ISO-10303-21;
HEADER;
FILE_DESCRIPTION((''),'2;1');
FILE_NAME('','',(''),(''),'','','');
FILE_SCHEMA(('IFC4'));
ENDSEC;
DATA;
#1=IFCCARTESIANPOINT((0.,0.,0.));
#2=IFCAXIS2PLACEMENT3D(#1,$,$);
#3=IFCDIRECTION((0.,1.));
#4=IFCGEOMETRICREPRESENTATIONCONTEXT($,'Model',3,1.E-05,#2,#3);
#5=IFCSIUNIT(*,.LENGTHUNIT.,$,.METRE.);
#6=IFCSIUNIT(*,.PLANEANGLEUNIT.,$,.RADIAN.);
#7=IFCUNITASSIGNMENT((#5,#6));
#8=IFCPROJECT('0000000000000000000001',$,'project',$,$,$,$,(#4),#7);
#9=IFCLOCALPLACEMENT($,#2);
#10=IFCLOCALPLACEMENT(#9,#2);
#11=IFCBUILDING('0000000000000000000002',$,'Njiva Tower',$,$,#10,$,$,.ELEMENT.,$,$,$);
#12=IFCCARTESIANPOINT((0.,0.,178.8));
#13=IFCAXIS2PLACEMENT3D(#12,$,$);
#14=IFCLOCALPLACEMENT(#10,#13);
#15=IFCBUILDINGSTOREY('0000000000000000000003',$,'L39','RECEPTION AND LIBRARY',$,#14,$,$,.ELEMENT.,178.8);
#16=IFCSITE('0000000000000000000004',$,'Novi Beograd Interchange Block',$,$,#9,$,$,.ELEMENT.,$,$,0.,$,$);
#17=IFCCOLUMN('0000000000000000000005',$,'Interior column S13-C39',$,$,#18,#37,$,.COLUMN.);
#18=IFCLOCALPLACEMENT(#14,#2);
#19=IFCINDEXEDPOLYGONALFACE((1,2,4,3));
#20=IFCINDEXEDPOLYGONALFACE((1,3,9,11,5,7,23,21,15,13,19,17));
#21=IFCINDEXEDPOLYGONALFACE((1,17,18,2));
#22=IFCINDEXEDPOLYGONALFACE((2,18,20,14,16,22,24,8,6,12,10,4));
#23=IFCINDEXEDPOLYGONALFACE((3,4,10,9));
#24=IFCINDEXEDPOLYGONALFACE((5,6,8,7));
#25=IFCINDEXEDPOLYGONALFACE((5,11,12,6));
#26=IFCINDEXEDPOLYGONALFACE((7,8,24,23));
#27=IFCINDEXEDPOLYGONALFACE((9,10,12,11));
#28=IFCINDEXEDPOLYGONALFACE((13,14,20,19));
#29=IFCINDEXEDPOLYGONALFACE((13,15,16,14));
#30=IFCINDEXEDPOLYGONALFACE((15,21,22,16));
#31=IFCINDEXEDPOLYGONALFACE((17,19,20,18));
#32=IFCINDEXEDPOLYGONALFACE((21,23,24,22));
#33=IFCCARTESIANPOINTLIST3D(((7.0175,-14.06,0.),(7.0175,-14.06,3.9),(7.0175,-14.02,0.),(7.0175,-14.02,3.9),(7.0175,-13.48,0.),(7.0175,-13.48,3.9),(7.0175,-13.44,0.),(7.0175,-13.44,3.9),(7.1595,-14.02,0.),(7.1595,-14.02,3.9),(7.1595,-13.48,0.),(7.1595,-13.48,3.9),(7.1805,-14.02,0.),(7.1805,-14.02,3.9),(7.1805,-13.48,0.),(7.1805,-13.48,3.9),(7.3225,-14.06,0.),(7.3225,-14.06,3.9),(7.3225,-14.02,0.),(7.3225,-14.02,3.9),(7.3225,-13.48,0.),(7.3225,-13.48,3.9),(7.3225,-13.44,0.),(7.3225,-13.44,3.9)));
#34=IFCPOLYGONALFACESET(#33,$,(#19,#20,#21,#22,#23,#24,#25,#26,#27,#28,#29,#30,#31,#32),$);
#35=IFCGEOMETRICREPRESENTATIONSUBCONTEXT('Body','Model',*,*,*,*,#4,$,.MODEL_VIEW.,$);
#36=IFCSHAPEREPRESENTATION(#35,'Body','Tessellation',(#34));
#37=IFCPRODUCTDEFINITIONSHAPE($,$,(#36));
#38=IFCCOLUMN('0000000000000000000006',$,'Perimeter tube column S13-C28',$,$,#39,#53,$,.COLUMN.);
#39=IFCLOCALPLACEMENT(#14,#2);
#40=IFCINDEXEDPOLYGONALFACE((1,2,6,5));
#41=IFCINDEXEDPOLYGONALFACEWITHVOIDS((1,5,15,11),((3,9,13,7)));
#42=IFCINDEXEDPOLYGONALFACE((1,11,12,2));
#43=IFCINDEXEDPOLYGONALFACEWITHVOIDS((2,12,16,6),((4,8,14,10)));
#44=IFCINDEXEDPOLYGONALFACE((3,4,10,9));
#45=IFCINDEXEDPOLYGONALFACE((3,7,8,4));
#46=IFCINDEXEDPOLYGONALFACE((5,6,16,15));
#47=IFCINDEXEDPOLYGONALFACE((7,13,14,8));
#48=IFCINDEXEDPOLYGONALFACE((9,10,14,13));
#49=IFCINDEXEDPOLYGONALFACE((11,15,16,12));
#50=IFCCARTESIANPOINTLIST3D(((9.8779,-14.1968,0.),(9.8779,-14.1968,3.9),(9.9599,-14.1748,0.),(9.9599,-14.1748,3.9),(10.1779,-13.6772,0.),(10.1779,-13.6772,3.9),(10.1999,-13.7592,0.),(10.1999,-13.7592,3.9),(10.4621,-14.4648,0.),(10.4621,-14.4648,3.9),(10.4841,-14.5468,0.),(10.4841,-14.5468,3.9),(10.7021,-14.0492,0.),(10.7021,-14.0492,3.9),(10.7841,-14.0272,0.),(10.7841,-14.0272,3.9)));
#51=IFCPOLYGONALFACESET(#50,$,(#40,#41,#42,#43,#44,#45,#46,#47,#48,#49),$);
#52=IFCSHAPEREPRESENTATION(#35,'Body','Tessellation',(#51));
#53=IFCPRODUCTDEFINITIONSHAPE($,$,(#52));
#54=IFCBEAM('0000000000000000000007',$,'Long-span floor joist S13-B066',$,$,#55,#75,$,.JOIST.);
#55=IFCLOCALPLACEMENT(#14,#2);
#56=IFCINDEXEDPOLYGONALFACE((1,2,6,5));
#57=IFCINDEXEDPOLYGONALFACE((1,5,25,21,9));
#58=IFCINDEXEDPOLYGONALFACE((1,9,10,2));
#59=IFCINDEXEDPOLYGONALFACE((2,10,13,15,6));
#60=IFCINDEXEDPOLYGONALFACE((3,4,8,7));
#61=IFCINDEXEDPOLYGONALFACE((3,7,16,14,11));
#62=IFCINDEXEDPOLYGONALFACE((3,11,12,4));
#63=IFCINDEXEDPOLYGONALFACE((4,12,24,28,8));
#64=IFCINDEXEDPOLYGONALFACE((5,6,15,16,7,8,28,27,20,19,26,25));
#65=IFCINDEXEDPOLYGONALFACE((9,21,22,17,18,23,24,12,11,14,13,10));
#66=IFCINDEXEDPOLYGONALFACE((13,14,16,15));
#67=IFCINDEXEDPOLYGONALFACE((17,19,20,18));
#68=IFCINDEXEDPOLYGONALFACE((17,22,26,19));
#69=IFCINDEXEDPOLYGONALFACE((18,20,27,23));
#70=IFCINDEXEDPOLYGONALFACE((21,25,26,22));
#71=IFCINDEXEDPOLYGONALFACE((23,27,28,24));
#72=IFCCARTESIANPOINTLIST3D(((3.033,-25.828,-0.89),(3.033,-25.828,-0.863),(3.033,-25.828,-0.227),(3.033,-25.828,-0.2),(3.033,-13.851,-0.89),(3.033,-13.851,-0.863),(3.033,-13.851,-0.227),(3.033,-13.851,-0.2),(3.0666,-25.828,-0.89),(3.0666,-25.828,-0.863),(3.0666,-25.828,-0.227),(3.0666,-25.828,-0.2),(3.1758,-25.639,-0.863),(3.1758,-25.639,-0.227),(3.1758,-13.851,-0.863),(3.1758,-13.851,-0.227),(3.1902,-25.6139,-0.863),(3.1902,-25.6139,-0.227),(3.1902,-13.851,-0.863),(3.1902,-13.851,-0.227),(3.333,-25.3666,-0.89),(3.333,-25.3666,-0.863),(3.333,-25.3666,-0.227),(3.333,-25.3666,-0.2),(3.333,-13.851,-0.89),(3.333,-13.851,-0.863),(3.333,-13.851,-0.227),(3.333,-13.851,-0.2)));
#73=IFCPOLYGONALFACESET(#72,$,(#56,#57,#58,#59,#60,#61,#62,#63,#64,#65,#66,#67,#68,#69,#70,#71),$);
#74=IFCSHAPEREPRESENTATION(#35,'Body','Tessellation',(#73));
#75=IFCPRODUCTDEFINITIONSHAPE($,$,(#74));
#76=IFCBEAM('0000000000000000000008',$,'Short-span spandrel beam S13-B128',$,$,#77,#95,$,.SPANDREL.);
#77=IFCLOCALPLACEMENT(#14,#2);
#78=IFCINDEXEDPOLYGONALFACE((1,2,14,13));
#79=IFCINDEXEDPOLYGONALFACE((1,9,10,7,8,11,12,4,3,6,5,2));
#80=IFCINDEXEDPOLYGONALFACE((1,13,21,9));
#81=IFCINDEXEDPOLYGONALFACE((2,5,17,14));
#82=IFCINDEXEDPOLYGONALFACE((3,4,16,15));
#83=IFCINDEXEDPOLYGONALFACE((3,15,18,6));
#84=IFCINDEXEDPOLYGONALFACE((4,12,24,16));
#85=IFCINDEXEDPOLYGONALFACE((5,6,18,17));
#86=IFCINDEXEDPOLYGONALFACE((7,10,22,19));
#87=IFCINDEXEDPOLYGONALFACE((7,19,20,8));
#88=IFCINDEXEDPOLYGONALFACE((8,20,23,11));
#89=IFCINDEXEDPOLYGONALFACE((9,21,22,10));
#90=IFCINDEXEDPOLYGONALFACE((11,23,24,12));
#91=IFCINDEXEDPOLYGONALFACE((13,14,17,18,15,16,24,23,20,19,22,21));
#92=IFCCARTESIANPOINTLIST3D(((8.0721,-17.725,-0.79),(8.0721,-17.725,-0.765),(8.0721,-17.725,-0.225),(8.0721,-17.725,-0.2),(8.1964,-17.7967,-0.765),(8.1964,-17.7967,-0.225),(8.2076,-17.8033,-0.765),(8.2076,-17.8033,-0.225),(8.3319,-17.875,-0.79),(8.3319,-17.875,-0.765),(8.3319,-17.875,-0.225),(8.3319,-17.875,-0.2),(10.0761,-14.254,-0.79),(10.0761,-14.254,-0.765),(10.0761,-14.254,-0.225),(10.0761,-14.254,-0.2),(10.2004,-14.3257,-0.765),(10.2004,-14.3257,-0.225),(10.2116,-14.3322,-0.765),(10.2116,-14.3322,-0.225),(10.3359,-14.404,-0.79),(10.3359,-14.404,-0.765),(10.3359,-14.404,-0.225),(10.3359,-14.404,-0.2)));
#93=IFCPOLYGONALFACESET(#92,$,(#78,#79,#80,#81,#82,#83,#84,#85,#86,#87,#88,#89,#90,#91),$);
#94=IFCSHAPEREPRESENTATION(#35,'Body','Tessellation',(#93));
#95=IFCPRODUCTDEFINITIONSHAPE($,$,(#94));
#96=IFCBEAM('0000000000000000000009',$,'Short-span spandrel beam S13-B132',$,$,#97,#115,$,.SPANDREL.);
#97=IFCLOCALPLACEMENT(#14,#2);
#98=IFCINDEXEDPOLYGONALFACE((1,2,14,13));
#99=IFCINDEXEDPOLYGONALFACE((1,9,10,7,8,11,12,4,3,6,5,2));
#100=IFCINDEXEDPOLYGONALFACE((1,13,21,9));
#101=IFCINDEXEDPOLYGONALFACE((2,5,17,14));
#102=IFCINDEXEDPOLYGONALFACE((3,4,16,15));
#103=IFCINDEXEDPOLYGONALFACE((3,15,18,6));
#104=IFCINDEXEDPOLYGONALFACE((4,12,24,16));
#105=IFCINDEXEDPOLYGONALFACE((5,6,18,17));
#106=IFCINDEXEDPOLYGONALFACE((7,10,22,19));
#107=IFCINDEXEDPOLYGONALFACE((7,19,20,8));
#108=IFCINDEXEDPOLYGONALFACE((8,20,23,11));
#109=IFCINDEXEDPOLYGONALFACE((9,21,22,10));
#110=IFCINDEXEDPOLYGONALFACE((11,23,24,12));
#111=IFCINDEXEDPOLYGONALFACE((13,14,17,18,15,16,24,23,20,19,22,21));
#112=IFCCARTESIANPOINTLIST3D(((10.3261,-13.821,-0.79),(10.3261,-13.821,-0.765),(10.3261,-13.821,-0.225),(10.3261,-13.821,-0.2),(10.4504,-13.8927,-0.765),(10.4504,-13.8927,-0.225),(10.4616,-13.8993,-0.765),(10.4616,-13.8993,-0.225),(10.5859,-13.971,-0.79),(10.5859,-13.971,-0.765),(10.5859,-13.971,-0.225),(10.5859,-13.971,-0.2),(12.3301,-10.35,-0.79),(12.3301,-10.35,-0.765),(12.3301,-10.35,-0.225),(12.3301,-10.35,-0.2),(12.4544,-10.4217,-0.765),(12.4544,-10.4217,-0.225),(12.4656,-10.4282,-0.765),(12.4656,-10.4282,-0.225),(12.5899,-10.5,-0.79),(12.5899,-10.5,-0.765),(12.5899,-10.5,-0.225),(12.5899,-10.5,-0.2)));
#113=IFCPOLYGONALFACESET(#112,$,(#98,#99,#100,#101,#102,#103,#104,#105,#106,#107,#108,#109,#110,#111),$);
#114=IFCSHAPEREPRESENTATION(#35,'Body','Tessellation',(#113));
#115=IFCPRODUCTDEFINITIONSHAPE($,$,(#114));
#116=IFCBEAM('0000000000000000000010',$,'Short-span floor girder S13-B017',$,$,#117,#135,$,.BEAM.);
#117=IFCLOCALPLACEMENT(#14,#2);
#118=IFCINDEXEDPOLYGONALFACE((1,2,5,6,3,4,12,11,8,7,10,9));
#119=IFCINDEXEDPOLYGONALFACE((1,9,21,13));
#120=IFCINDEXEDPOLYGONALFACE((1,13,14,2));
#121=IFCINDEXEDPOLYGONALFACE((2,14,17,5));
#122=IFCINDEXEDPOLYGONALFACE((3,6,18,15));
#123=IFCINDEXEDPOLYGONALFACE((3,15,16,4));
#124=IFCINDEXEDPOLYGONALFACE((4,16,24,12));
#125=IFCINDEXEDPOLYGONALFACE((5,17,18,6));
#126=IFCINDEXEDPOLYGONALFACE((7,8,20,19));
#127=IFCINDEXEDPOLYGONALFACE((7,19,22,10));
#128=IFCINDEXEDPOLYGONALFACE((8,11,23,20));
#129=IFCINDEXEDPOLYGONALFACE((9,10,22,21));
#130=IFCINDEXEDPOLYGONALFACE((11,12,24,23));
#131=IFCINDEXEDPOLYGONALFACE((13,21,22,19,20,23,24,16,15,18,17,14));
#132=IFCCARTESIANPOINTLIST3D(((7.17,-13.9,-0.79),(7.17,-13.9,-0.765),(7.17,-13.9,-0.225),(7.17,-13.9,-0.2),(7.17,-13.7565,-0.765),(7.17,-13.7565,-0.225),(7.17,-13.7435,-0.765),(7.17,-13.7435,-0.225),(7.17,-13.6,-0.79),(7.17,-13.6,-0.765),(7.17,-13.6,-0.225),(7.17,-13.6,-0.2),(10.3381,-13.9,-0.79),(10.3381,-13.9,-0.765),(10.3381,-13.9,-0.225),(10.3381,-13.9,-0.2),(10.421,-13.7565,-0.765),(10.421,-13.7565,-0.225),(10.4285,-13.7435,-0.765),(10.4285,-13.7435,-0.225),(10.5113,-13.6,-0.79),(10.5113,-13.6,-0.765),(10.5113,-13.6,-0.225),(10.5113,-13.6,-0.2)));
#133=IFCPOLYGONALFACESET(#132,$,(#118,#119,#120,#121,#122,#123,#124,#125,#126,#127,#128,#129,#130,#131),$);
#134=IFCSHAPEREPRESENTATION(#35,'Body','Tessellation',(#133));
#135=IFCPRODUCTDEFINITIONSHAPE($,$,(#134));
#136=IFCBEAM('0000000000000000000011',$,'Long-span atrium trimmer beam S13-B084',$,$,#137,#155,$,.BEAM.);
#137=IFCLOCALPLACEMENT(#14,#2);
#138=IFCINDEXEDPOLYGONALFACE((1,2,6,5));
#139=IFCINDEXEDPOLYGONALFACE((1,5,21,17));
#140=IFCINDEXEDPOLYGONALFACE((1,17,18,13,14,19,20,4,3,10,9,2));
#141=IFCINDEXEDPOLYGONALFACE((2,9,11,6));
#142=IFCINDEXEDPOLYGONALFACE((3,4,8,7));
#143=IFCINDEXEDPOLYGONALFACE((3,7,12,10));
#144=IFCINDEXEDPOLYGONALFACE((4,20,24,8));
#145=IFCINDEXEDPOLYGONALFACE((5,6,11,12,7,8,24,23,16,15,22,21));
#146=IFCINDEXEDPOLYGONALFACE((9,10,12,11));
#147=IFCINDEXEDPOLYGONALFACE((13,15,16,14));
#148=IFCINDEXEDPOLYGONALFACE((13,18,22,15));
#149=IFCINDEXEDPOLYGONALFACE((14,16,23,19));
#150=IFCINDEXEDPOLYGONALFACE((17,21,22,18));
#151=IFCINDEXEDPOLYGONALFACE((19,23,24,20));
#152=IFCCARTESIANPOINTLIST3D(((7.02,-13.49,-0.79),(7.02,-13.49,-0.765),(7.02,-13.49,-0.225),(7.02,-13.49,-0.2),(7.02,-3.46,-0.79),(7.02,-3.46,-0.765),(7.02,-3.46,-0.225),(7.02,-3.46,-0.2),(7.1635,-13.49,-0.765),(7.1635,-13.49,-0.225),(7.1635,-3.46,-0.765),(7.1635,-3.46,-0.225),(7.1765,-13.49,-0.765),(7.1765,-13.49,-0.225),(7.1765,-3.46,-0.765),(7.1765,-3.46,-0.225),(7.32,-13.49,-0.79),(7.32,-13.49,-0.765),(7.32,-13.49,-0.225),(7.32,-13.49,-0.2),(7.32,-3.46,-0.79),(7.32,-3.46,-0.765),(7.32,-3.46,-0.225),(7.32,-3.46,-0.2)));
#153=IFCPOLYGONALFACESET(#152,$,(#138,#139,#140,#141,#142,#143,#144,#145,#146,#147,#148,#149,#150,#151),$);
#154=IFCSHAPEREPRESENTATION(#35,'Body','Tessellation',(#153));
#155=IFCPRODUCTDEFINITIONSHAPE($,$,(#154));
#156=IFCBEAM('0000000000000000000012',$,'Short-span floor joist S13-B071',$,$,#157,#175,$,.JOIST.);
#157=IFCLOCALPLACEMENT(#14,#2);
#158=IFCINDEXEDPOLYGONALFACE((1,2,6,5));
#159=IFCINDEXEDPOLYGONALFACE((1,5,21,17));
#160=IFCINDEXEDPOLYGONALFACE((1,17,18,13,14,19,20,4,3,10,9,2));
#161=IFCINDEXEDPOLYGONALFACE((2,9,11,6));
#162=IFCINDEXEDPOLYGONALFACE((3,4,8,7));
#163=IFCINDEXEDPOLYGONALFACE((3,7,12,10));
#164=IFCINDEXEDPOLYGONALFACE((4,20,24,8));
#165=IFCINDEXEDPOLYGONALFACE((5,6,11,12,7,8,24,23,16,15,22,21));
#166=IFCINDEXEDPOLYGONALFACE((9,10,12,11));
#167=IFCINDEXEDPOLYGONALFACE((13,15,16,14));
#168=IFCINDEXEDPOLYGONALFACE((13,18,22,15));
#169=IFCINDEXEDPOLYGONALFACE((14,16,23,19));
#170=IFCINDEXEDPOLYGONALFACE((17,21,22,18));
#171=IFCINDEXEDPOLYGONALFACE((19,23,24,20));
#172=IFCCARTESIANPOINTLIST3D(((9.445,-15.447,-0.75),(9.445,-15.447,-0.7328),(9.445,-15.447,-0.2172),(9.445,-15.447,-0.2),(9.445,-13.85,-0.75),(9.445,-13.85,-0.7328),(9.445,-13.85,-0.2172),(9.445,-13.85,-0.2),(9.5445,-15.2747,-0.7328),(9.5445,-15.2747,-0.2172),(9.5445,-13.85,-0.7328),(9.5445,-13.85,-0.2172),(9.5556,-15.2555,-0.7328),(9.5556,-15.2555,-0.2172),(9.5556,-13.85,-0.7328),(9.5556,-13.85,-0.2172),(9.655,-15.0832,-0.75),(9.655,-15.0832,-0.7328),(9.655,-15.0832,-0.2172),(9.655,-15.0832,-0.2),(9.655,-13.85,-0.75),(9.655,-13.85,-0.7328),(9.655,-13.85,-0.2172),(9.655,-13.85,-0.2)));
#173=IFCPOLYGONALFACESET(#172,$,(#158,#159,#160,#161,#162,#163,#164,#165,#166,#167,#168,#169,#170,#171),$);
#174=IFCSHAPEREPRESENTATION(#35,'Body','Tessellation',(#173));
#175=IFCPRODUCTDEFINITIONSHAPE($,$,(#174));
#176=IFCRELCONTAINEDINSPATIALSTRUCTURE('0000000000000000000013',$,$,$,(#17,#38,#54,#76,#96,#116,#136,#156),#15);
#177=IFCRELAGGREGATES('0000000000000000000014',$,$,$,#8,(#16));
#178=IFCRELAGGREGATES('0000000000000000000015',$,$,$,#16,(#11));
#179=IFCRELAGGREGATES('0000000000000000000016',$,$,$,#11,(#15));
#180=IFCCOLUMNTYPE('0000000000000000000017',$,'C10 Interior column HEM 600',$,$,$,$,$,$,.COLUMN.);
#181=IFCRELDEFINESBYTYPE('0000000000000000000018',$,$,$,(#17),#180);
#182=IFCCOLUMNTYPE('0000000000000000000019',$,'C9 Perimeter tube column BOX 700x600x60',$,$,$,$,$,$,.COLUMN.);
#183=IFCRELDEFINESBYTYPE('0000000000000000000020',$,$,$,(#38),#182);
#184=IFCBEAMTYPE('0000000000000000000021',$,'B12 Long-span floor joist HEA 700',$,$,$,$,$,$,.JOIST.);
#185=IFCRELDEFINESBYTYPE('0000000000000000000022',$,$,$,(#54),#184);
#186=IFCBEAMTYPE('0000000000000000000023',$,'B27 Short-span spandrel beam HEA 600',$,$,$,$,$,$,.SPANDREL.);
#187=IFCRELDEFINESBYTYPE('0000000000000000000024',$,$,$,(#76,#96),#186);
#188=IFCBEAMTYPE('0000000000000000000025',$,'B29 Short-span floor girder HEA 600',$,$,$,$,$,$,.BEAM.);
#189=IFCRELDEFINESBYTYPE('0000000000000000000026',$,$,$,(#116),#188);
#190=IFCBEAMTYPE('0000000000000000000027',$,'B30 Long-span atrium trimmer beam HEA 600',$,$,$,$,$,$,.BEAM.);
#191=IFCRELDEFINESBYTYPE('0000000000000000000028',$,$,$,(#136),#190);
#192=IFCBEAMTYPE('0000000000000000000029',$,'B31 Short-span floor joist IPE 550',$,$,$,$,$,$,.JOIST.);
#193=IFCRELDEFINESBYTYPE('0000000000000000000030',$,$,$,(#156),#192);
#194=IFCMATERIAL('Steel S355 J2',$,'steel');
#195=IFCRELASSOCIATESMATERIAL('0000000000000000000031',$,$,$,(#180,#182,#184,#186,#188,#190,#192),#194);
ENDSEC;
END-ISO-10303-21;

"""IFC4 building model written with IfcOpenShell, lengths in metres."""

from ifc_helpers import new_model, si_unit, direction, frame, origin, origin_2d, place, context, subcontext, project, spatial, hollow_rectangle, i_section, extrude, clip, halfspace, material, material_profile, profile_set, type_object, element, save


model = new_model("IFC4")

# Units and contexts
model_context = context("Model", 3, precision=1e-05, world=origin(), true_north=direction((0.0, 1.0)))
body_context = subcontext(model_context, "Body", "Model", "MODEL_VIEW")
ifc_project = project(units=[si_unit("LENGTHUNIT", "METRE"), si_unit("PLANEANGLEUNIT", "RADIAN")], contexts=[model_context])

# Site, building, storey
site_placement = place(None, origin())
site = spatial("IfcSite", under=ifc_project, at=site_placement, Name="Novi Beograd Interchange Block", CompositionType="ELEMENT", RefElevation=0.0)
building_placement = place(site_placement, origin())
building = spatial("IfcBuilding", under=site, at=building_placement, Name="Njiva Tower", CompositionType="ELEMENT")
storey_placement = place(building_placement, frame((0.0, 0.0, 178.8)))
storey = spatial("IfcBuildingStorey", under=building, at=storey_placement, Name="L39", Description="RECEPTION AND LIBRARY", CompositionType="ELEMENT", Elevation=178.8)

# Columns
ifc_material_1 = material(Name="Steel S355 J2", Category="steel")
ifc_material_profile_1 = material_profile(ifc_material_1, i_section(OverallWidth=0.305, OverallDepth=0.62, WebThickness=0.021, FlangeThickness=0.04, at=origin_2d()), Name="HEM 600")
ifc_profile_set_1 = profile_set([ifc_material_profile_1], Name="Steel S355 J2")
column_type_1 = type_object("IfcColumnType", Name="C10 Interior column HEM 600", PredefinedType="COLUMN", material=ifc_profile_set_1)
column_1_placement = place(storey_placement, frame((7.17, -13.75, 0.0), z_axis=(0.0, 0.0, 1.0), x_axis=(1.0, 0.0, 0.0)))
element("IfcColumn", 1, at=column_1_placement, inside=storey, type_object=column_type_1, Name="Interior column S13-C39", PredefinedType="COLUMN", context=body_context, shape_type="SweptSolid", body=[
    extrude(i_section(OverallWidth=0.305, OverallDepth=0.62, WebThickness=0.021, FlangeThickness=0.04, at=origin_2d()), origin(), (0.0, 0.0, 1.0), 3.9),
])
ifc_material_profile_2 = material_profile(ifc_material_1, hollow_rectangle(XDim=0.6, YDim=0.7, WallThickness=0.06, at=origin_2d()), Name="BOX 700x600x60")
ifc_profile_set_2 = profile_set([ifc_material_profile_2], Name="Steel S355 J2")
column_type_2 = type_object("IfcColumnType", Name="C9 Perimeter tube column BOX 700x600x60", PredefinedType="COLUMN", material=ifc_profile_set_2)
column_2_placement = place(storey_placement, frame((10.331, -14.112, 0.0), z_axis=(0.0, 0.0, 1.0), x_axis=(0.5, 0.866025, 0.0)))
element("IfcColumn", 2, at=column_2_placement, inside=storey, type_object=column_type_2, Name="Perimeter tube column S13-C28", PredefinedType="COLUMN", context=body_context, shape_type="SweptSolid", body=[
    extrude(hollow_rectangle(XDim=0.6, YDim=0.7, WallThickness=0.06, at=origin_2d()), origin(), (0.0, 0.0, 1.0), 3.9),
])

# Beams
ifc_material_profile_3 = material_profile(ifc_material_1, i_section(OverallWidth=0.3, OverallDepth=0.69, WebThickness=0.0145, FlangeThickness=0.027, at=origin_2d()), Name="HEA 700")
ifc_profile_set_3 = profile_set([ifc_material_profile_3], Name="Steel S355 J2")
beam_type_1 = type_object("IfcBeamType", Name="B12 Long-span floor joist HEA 700", PredefinedType="JOIST", material=ifc_profile_set_3)
beam_1_placement = place(storey_placement, frame((3.183, -13.851, -0.545), z_axis=(0.0, -1.0, 0.0), x_axis=(1.0, 0.0, 0.0)))
element("IfcBeam", 3, at=beam_1_placement, inside=storey, type_object=beam_type_1, Name="Long-span floor joist S13-B066", PredefinedType="JOIST", context=body_context, shape_type="Clipping", body=[
    clip(extrude(i_section(OverallWidth=0.3, OverallDepth=0.69, WebThickness=0.0145, FlangeThickness=0.027, at=origin_2d()), origin(), (0.0, 0.0, 1.0), 11.977), halfspace(frame((0.0436, 0.0, 11.6999), z_axis=(0.866027, 0.0, 0.499998), x_axis=(0.0, 1.0, 0.0)), False)),
])
ifc_material_profile_4 = material_profile(ifc_material_1, i_section(OverallWidth=0.3, OverallDepth=0.59, WebThickness=0.013, FlangeThickness=0.025, at=origin_2d()), Name="HEA 600")
ifc_profile_set_4 = profile_set([ifc_material_profile_4], Name="Steel S355 J2")
beam_type_2 = type_object("IfcBeamType", Name="B27 Short-span spandrel beam HEA 600", PredefinedType="SPANDREL", material=ifc_profile_set_4)
for number, where, z_axis, x_axis, name in (
    (4, (8.202, -17.8, -0.495), (0.500003, 0.866024, 0.0), (-0.866024, 0.500003, 0.0), "Short-span spandrel beam S13-B128"),
    (5, (10.456, -13.896, -0.495), (0.500003, 0.866024, 0.0), (-0.866024, 0.500003, 0.0), "Short-span spandrel beam S13-B132"),
):
    element("IfcBeam", number, at=place(storey_placement, frame(where, z_axis=z_axis, x_axis=x_axis)), inside=storey, type_object=beam_type_2, Name=name, PredefinedType="SPANDREL", context=body_context, shape_type="SweptSolid", body=[
        extrude(i_section(OverallWidth=0.3, OverallDepth=0.59, WebThickness=0.013, FlangeThickness=0.025, at=origin_2d()), origin(), (0.0, 0.0, 1.0), 4.008),
    ])
ifc_material_profile_5 = material_profile(ifc_material_1, i_section(OverallWidth=0.3, OverallDepth=0.59, WebThickness=0.013, FlangeThickness=0.025, at=origin_2d()), Name="HEA 600")
ifc_profile_set_5 = profile_set([ifc_material_profile_5], Name="Steel S355 J2")
beam_type_3 = type_object("IfcBeamType", Name="B29 Short-span floor girder HEA 600", PredefinedType="BEAM", material=ifc_profile_set_5)
beam_2_placement = place(storey_placement, frame((7.17, -13.75, -0.495), z_axis=(1.0, 0.0, 0.0), x_axis=(0.0, 1.0, 0.0)))
element("IfcBeam", 6, at=beam_2_placement, inside=storey, type_object=beam_type_3, Name="Short-span floor girder S13-B017", PredefinedType="BEAM", context=body_context, shape_type="Clipping", body=[
    clip(extrude(i_section(OverallWidth=0.3, OverallDepth=0.59, WebThickness=0.013, FlangeThickness=0.025, at=origin_2d()), origin(), (0.0, 0.0, 1.0), 3.362), halfspace(frame((-0.025, 0.0, 3.2403), z_axis=(-0.499998, 0.0, 0.866027), x_axis=(0.0, 1.0, 0.0)), False)),
])
ifc_material_profile_6 = material_profile(ifc_material_1, i_section(OverallWidth=0.3, OverallDepth=0.59, WebThickness=0.013, FlangeThickness=0.025, at=origin_2d()), Name="HEA 600")
ifc_profile_set_6 = profile_set([ifc_material_profile_6], Name="Steel S355 J2")
beam_type_4 = type_object("IfcBeamType", Name="B30 Long-span atrium trimmer beam HEA 600", PredefinedType="BEAM", material=ifc_profile_set_6)
beam_3_placement = place(storey_placement, frame((7.17, -13.49, -0.495), z_axis=(0.0, 1.0, 0.0), x_axis=(-1.0, 0.0, 0.0)))
element("IfcBeam", 7, at=beam_3_placement, inside=storey, type_object=beam_type_4, Name="Long-span atrium trimmer beam S13-B084", PredefinedType="BEAM", context=body_context, shape_type="SweptSolid", body=[
    extrude(i_section(OverallWidth=0.3, OverallDepth=0.59, WebThickness=0.013, FlangeThickness=0.025, at=origin_2d()), origin(), (0.0, 0.0, 1.0), 10.03),
])
ifc_material_profile_7 = material_profile(ifc_material_1, i_section(OverallWidth=0.21, OverallDepth=0.55, WebThickness=0.0111, FlangeThickness=0.0172, at=origin_2d()), Name="IPE 550")
ifc_profile_set_7 = profile_set([ifc_material_profile_7], Name="Steel S355 J2")
beam_type_5 = type_object("IfcBeamType", Name="B31 Short-span floor joist IPE 550", PredefinedType="JOIST", material=ifc_profile_set_7)
beam_4_placement = place(storey_placement, frame((9.55, -13.85, -0.475), z_axis=(0.0, -1.0, 0.0), x_axis=(1.0, 0.0, 0.0)))
element("IfcBeam", 8, at=beam_4_placement, inside=storey, type_object=beam_type_5, Name="Short-span floor joist S13-B071", PredefinedType="JOIST", context=body_context, shape_type="Clipping", body=[
    clip(extrude(i_section(OverallWidth=0.21, OverallDepth=0.55, WebThickness=0.0111, FlangeThickness=0.0172, at=origin_2d()), origin(), (0.0, 0.0, 1.0), 1.617), halfspace(frame((0.0433, 0.0, 1.3401), z_axis=(0.866027, 0.0, 0.499998), x_axis=(0.0, 1.0, 0.0)), False)),
])

save(model, "model.ifc")
